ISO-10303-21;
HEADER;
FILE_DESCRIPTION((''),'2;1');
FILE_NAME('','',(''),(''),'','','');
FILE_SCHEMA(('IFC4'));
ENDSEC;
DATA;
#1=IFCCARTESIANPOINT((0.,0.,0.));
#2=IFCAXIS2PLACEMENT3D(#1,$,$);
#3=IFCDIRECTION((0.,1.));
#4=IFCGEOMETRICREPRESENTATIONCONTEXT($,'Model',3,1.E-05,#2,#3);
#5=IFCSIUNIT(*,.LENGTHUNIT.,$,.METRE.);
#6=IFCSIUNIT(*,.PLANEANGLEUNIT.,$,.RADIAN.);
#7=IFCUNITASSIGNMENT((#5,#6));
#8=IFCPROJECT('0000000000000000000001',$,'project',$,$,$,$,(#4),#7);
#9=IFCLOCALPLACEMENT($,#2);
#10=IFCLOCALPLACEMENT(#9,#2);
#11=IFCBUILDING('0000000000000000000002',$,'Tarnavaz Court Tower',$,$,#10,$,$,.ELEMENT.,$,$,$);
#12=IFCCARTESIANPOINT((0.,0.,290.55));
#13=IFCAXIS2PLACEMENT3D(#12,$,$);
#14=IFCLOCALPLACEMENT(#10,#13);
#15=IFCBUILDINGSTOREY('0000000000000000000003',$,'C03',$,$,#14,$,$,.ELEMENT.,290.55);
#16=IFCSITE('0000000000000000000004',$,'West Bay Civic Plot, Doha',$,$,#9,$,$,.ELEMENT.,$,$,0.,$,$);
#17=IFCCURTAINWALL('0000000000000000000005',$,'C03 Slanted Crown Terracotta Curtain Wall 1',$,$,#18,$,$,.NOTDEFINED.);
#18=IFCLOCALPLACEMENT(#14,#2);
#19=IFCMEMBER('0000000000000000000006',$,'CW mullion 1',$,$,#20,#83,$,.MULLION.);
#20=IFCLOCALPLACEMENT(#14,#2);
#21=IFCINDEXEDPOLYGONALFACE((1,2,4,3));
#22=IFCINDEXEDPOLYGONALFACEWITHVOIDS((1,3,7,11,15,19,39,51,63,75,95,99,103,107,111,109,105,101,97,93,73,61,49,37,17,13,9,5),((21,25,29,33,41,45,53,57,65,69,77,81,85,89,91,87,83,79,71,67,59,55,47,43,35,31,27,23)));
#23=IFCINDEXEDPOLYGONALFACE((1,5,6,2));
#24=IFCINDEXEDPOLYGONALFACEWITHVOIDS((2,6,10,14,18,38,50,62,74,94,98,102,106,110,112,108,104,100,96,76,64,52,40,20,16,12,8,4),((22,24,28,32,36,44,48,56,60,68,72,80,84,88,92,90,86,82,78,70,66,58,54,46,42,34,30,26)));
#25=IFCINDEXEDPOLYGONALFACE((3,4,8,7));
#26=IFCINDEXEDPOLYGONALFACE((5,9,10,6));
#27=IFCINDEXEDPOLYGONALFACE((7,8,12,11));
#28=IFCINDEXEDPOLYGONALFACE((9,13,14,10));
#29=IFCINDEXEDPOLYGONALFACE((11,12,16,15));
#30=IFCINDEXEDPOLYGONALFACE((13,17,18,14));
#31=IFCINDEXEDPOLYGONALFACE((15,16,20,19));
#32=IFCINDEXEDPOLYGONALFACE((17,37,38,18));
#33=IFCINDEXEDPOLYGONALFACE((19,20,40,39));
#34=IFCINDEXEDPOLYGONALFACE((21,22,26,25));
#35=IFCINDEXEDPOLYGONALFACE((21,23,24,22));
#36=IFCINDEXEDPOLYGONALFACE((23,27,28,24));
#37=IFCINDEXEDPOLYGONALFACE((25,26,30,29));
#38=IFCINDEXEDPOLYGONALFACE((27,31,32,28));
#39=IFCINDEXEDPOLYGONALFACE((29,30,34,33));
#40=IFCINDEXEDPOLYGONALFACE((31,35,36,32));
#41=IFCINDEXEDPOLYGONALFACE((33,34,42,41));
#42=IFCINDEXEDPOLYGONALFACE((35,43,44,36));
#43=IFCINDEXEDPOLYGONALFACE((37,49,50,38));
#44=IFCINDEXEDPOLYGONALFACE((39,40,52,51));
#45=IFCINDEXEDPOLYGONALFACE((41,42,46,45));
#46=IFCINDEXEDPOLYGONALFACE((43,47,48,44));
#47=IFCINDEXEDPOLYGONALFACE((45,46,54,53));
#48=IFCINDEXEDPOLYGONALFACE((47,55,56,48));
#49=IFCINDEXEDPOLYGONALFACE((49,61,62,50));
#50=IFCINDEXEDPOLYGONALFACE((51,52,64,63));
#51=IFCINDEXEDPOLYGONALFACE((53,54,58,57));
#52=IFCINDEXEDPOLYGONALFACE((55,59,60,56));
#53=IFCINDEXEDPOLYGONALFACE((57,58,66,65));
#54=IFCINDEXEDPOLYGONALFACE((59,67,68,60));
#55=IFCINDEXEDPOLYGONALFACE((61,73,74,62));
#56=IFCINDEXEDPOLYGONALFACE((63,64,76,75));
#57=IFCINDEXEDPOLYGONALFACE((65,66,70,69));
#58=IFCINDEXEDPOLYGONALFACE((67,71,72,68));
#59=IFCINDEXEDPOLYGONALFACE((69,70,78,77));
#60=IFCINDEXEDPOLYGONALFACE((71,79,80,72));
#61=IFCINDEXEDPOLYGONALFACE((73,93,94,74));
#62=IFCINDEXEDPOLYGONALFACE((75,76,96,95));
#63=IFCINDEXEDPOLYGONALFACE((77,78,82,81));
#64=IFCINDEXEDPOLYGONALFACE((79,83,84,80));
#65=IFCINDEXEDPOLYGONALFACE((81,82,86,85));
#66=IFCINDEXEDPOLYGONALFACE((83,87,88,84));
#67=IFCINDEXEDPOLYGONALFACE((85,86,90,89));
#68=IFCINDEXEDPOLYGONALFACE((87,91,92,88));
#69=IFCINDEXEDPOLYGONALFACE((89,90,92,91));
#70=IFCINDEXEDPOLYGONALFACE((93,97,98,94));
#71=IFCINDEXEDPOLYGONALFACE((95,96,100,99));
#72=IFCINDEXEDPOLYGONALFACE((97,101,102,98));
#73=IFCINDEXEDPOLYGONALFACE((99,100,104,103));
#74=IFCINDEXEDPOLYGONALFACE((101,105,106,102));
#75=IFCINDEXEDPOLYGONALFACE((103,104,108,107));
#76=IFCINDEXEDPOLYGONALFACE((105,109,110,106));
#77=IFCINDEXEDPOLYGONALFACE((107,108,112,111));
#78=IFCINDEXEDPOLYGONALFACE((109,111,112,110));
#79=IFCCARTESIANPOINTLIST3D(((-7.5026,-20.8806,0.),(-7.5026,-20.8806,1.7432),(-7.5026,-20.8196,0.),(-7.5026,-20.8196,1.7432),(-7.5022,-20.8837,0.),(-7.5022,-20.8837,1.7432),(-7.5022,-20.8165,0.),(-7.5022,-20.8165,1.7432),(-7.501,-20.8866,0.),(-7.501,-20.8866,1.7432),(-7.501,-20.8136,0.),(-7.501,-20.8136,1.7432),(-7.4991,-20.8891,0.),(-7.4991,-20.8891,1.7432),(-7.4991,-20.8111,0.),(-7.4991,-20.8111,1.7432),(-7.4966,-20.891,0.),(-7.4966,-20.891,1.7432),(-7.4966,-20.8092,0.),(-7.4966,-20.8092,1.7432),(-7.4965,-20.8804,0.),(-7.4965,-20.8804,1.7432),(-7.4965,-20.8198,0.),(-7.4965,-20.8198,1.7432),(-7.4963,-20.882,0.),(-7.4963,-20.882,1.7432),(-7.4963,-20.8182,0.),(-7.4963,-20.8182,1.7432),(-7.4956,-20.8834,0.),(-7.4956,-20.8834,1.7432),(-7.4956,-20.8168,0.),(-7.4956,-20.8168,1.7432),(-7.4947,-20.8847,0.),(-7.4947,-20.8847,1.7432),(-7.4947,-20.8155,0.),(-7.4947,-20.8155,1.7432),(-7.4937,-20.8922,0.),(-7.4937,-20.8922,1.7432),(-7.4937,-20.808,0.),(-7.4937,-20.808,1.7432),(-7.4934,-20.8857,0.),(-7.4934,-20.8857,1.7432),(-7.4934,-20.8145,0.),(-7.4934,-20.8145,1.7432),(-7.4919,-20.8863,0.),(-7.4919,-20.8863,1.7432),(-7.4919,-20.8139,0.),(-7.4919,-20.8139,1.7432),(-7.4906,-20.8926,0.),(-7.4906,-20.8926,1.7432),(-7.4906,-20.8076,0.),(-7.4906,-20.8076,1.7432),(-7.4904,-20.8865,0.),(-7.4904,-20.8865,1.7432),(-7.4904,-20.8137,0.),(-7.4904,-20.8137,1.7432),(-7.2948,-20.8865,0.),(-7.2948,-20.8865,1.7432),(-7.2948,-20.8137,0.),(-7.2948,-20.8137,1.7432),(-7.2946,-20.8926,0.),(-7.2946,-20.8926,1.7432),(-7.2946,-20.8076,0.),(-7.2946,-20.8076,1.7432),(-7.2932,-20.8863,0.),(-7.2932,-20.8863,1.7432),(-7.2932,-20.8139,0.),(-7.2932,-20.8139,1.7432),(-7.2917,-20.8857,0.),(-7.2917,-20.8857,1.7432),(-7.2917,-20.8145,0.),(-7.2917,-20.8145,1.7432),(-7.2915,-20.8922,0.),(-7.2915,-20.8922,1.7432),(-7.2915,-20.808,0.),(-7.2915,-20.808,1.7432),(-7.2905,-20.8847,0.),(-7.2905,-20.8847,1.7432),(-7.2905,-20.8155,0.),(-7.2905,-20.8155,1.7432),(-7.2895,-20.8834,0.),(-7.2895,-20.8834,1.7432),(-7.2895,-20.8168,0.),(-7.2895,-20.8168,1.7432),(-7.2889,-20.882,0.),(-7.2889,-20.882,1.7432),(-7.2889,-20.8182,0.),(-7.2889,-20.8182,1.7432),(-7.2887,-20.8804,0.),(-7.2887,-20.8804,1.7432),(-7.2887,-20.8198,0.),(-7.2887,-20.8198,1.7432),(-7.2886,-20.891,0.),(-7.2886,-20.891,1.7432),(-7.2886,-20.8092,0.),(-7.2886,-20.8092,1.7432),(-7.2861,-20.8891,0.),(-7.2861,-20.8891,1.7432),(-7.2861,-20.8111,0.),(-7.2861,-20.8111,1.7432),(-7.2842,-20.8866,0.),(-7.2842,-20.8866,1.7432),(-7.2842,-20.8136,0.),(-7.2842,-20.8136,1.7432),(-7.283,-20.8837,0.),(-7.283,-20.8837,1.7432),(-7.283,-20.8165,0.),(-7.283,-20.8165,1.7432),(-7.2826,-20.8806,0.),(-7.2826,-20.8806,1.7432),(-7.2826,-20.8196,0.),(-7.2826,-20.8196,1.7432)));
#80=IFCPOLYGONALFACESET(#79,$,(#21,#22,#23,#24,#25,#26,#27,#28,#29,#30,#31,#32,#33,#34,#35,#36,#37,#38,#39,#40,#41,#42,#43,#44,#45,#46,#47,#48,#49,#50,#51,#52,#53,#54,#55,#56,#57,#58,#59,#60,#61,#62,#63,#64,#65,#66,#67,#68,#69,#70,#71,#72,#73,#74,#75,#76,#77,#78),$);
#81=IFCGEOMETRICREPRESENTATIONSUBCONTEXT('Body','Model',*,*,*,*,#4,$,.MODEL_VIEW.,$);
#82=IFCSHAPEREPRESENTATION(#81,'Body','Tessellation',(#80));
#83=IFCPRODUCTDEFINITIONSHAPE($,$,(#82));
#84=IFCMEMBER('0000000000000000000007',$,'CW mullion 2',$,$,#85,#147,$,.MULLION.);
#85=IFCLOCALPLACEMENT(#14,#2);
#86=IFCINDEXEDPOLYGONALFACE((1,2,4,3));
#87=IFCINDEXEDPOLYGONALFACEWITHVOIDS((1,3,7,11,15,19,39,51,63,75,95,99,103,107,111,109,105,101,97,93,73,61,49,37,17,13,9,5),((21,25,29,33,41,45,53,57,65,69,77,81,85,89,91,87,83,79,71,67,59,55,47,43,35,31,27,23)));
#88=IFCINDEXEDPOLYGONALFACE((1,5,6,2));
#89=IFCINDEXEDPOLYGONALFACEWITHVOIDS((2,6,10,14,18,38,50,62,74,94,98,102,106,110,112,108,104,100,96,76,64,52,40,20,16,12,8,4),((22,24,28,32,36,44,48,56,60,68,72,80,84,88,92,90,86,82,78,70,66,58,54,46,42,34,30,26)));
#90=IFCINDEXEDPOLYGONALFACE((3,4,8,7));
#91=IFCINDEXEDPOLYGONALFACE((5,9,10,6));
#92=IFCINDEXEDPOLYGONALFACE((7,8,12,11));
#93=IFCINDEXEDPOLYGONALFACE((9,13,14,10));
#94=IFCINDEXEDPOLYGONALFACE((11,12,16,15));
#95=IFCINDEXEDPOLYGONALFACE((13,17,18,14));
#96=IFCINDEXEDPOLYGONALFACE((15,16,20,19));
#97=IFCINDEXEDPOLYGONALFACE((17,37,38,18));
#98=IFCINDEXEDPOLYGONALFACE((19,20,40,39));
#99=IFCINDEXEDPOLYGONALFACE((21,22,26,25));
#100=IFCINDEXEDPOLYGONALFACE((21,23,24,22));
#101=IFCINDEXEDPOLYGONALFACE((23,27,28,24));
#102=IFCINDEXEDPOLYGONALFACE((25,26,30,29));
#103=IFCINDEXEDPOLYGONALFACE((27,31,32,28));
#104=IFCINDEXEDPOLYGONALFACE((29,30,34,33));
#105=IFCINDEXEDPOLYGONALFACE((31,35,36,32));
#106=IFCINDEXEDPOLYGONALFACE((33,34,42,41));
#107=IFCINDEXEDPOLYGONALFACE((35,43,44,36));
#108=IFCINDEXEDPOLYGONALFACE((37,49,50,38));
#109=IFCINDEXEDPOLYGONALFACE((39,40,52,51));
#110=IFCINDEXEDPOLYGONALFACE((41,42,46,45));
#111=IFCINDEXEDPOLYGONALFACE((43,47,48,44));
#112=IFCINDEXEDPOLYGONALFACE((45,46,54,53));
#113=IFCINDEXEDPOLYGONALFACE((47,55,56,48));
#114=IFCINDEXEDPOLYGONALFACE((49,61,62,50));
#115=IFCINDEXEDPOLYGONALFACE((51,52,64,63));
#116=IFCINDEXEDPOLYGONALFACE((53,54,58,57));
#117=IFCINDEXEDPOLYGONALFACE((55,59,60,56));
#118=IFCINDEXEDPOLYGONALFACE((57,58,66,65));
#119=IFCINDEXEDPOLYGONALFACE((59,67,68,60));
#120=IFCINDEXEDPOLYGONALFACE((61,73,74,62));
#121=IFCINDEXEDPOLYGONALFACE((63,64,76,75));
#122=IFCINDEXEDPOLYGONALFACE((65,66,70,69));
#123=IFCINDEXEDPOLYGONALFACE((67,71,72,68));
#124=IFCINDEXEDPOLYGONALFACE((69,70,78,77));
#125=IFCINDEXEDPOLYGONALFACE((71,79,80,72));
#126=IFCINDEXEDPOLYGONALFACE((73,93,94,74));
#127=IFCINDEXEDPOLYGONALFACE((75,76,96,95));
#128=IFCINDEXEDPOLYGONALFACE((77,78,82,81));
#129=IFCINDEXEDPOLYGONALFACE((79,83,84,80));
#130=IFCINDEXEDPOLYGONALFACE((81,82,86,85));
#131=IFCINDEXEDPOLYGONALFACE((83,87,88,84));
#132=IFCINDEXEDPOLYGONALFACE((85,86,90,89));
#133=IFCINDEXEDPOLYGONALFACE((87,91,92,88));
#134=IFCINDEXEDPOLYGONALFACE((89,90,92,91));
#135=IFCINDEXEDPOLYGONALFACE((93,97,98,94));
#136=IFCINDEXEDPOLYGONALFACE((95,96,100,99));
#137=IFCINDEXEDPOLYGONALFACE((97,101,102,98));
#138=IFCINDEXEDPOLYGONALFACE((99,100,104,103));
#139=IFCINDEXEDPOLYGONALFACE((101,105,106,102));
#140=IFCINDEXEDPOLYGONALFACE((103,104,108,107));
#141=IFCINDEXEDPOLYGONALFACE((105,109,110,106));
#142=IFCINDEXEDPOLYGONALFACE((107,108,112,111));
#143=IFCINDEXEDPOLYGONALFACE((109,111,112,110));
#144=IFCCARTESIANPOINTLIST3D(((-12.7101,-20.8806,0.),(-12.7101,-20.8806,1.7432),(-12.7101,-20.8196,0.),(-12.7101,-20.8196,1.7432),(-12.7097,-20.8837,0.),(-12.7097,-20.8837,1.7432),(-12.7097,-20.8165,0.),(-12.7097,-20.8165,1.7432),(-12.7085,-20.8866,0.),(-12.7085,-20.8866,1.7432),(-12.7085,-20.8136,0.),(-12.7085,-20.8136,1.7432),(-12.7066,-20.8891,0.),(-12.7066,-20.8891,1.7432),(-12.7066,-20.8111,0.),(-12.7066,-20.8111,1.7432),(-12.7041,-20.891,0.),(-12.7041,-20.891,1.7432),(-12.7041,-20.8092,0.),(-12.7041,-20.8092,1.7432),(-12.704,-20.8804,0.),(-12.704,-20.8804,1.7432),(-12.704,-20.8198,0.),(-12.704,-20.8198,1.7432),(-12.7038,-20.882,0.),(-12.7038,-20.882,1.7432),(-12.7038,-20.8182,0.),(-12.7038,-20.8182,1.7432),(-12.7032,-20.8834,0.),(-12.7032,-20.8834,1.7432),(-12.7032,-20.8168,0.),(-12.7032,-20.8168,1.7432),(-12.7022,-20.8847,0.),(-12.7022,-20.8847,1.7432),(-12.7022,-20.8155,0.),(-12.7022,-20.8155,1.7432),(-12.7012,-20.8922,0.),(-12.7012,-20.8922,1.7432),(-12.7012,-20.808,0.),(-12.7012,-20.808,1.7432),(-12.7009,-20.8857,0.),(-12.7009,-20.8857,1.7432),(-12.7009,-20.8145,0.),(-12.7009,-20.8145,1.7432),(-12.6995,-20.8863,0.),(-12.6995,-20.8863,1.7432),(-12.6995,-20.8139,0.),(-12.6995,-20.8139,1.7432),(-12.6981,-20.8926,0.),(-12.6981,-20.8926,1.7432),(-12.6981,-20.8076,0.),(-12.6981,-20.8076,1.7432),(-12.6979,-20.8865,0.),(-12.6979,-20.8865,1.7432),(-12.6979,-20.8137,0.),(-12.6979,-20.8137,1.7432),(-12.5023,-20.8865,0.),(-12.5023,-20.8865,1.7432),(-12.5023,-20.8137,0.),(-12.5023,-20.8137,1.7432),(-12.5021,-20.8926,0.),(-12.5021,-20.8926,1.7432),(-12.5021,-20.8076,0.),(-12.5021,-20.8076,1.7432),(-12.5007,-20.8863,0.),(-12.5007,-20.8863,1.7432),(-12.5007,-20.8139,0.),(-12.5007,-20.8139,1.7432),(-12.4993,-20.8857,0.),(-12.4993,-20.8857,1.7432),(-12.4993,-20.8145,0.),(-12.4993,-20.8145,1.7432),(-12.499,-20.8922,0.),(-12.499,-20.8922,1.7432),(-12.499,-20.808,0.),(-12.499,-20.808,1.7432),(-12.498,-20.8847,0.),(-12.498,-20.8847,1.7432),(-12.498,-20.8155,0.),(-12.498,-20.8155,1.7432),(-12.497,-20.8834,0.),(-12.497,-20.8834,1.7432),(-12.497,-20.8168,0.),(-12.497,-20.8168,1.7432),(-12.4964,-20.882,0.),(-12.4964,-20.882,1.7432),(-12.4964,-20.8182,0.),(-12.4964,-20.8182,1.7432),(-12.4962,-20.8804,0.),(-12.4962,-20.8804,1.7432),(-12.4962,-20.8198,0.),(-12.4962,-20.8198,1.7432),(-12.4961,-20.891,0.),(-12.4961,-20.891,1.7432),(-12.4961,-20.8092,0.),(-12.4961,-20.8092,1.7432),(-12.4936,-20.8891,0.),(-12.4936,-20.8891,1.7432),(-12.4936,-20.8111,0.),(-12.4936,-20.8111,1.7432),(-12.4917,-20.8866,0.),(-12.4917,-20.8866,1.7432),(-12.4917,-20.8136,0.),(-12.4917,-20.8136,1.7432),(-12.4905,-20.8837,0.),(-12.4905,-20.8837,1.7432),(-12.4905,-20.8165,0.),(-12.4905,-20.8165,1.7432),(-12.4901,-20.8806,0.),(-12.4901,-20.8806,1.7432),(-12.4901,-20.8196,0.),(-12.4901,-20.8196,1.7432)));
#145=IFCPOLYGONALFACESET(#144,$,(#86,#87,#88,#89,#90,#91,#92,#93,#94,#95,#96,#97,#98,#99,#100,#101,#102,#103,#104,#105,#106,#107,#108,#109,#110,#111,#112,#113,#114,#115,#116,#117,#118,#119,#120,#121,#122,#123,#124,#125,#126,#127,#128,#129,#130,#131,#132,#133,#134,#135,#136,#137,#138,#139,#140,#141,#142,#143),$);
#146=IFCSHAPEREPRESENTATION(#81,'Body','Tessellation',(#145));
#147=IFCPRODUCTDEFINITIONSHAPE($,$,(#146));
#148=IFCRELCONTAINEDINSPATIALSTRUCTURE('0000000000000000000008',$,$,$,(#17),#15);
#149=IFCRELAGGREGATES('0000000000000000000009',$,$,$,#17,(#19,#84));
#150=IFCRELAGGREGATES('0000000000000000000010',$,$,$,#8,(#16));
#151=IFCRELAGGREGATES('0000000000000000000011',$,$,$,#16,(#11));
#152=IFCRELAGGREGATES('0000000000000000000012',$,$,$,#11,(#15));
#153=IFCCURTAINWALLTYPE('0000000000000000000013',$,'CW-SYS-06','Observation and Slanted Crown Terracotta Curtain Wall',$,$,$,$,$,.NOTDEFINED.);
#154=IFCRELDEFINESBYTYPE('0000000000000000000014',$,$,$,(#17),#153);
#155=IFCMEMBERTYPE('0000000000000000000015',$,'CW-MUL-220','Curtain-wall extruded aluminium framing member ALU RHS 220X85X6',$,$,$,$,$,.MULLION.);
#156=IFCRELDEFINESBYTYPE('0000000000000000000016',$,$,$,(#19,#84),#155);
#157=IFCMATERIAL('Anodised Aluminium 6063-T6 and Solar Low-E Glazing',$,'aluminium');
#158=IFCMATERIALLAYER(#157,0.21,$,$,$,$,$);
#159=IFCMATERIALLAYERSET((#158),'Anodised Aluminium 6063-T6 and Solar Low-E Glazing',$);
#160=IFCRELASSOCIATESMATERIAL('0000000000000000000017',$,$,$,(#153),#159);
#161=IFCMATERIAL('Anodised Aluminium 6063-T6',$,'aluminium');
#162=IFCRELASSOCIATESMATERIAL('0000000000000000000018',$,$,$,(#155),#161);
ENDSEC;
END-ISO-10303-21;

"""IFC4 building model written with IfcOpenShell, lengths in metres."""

from ifc_helpers import new_model, si_unit, direction, frame, origin, origin_2d, place, context, subcontext, project, spatial, hollow_rectangle, extrude, material, layer, layer_set, material_profile, profile_set, type_object, element, aggregate, save


model = new_model("IFC4")

# Units and contexts
model_context = context("Model", 3, precision=1e-05, world=origin(), true_north=direction((0.0, 1.0)))
body_context = subcontext(model_context, "Body", "Model", "MODEL_VIEW")
ifc_project = project(units=[si_unit("LENGTHUNIT", "METRE"), si_unit("PLANEANGLEUNIT", "RADIAN")], contexts=[model_context])

# Site, building, storey
site_placement = place(None, origin())
site = spatial("IfcSite", under=ifc_project, at=site_placement, Name="West Bay Civic Plot, Doha", CompositionType="ELEMENT", RefElevation=0.0)
building_placement = place(site_placement, origin())
building = spatial("IfcBuilding", under=site, at=building_placement, Name="Tarnavaz Court Tower", CompositionType="ELEMENT")
storey_placement = place(building_placement, frame((0.0, 0.0, 290.55)))
storey = spatial("IfcBuildingStorey", under=building, at=storey_placement, Name="C03", CompositionType="ELEMENT", Elevation=290.55)

# Curtain wall, members
ifc_material_1 = material(Name="Anodised Aluminium 6063-T6 and Solar Low-E Glazing", Category="aluminium")
ifc_layer_1 = layer(ifc_material_1, 0.21)
ifc_layer_set_1 = layer_set([ifc_layer_1], Name="Anodised Aluminium 6063-T6 and Solar Low-E Glazing")
curtain_wall_type = type_object("IfcCurtainWallType", Name="CW-SYS-06", Description="Observation and Slanted Crown Terracotta Curtain Wall", PredefinedType="NOTDEFINED", material=ifc_layer_set_1)
curtain_wall_1_placement = place(storey_placement, origin())
curtain_wall_1 = element("IfcCurtainWall", 1, at=curtain_wall_1_placement, inside=storey, type_object=curtain_wall_type, Name="C03 Slanted Crown Terracotta Curtain Wall 1", PredefinedType="NOTDEFINED")
ifc_material_2 = material(Name="Anodised Aluminium 6063-T6", Category="aluminium")
ifc_material_profile_1 = material_profile(ifc_material_2, hollow_rectangle(XDim=0.085, YDim=0.22, WallThickness=0.0061, InnerFilletRadius=0.0061, OuterFilletRadius=0.012, at=origin_2d()), Name="ALU RHS 220X85X6")
ifc_profile_set_1 = profile_set([ifc_material_profile_1], Name="Anodised Aluminium 6063-T6")
member_type_1 = type_object("IfcMemberType", Name="CW-MUL-220", Description="Curtain-wall extruded aluminium framing member ALU RHS 220X85X6", PredefinedType="MULLION", material=ifc_profile_set_1)
member_1_placement = place(storey_placement, frame((-7.3926, -20.8501, 0.0), z_axis=(0.0, 0.0, 1.0), x_axis=(0.0, -1.0, 0.0)))
member_1 = element("IfcMember", 2, at=member_1_placement, type_object=member_type_1, Name="CW mullion 1", PredefinedType="MULLION", context=body_context, shape_type="SweptSolid", body=[
    extrude(hollow_rectangle(XDim=0.085, YDim=0.22, WallThickness=0.0061, InnerFilletRadius=0.0061, OuterFilletRadius=0.012, at=origin_2d()), origin(), (0.0, 0.0, 1.0), 1.7432),
])
member_2_placement = place(storey_placement, frame((-12.6001, -20.8501, 0.0), z_axis=(0.0, 0.0, 1.0), x_axis=(0.0, -1.0, 0.0)))
member_2 = element("IfcMember", 3, at=member_2_placement, type_object=member_type_1, Name="CW mullion 2", PredefinedType="MULLION", context=body_context, shape_type="SweptSolid", body=[
    extrude(hollow_rectangle(XDim=0.085, YDim=0.22, WallThickness=0.0061, InnerFilletRadius=0.0061, OuterFilletRadius=0.012, at=origin_2d()), origin(), (0.0, 0.0, 1.0), 1.7432),
])

aggregate(curtain_wall_1, [member_1, member_2])

save(model, "model.ifc")
